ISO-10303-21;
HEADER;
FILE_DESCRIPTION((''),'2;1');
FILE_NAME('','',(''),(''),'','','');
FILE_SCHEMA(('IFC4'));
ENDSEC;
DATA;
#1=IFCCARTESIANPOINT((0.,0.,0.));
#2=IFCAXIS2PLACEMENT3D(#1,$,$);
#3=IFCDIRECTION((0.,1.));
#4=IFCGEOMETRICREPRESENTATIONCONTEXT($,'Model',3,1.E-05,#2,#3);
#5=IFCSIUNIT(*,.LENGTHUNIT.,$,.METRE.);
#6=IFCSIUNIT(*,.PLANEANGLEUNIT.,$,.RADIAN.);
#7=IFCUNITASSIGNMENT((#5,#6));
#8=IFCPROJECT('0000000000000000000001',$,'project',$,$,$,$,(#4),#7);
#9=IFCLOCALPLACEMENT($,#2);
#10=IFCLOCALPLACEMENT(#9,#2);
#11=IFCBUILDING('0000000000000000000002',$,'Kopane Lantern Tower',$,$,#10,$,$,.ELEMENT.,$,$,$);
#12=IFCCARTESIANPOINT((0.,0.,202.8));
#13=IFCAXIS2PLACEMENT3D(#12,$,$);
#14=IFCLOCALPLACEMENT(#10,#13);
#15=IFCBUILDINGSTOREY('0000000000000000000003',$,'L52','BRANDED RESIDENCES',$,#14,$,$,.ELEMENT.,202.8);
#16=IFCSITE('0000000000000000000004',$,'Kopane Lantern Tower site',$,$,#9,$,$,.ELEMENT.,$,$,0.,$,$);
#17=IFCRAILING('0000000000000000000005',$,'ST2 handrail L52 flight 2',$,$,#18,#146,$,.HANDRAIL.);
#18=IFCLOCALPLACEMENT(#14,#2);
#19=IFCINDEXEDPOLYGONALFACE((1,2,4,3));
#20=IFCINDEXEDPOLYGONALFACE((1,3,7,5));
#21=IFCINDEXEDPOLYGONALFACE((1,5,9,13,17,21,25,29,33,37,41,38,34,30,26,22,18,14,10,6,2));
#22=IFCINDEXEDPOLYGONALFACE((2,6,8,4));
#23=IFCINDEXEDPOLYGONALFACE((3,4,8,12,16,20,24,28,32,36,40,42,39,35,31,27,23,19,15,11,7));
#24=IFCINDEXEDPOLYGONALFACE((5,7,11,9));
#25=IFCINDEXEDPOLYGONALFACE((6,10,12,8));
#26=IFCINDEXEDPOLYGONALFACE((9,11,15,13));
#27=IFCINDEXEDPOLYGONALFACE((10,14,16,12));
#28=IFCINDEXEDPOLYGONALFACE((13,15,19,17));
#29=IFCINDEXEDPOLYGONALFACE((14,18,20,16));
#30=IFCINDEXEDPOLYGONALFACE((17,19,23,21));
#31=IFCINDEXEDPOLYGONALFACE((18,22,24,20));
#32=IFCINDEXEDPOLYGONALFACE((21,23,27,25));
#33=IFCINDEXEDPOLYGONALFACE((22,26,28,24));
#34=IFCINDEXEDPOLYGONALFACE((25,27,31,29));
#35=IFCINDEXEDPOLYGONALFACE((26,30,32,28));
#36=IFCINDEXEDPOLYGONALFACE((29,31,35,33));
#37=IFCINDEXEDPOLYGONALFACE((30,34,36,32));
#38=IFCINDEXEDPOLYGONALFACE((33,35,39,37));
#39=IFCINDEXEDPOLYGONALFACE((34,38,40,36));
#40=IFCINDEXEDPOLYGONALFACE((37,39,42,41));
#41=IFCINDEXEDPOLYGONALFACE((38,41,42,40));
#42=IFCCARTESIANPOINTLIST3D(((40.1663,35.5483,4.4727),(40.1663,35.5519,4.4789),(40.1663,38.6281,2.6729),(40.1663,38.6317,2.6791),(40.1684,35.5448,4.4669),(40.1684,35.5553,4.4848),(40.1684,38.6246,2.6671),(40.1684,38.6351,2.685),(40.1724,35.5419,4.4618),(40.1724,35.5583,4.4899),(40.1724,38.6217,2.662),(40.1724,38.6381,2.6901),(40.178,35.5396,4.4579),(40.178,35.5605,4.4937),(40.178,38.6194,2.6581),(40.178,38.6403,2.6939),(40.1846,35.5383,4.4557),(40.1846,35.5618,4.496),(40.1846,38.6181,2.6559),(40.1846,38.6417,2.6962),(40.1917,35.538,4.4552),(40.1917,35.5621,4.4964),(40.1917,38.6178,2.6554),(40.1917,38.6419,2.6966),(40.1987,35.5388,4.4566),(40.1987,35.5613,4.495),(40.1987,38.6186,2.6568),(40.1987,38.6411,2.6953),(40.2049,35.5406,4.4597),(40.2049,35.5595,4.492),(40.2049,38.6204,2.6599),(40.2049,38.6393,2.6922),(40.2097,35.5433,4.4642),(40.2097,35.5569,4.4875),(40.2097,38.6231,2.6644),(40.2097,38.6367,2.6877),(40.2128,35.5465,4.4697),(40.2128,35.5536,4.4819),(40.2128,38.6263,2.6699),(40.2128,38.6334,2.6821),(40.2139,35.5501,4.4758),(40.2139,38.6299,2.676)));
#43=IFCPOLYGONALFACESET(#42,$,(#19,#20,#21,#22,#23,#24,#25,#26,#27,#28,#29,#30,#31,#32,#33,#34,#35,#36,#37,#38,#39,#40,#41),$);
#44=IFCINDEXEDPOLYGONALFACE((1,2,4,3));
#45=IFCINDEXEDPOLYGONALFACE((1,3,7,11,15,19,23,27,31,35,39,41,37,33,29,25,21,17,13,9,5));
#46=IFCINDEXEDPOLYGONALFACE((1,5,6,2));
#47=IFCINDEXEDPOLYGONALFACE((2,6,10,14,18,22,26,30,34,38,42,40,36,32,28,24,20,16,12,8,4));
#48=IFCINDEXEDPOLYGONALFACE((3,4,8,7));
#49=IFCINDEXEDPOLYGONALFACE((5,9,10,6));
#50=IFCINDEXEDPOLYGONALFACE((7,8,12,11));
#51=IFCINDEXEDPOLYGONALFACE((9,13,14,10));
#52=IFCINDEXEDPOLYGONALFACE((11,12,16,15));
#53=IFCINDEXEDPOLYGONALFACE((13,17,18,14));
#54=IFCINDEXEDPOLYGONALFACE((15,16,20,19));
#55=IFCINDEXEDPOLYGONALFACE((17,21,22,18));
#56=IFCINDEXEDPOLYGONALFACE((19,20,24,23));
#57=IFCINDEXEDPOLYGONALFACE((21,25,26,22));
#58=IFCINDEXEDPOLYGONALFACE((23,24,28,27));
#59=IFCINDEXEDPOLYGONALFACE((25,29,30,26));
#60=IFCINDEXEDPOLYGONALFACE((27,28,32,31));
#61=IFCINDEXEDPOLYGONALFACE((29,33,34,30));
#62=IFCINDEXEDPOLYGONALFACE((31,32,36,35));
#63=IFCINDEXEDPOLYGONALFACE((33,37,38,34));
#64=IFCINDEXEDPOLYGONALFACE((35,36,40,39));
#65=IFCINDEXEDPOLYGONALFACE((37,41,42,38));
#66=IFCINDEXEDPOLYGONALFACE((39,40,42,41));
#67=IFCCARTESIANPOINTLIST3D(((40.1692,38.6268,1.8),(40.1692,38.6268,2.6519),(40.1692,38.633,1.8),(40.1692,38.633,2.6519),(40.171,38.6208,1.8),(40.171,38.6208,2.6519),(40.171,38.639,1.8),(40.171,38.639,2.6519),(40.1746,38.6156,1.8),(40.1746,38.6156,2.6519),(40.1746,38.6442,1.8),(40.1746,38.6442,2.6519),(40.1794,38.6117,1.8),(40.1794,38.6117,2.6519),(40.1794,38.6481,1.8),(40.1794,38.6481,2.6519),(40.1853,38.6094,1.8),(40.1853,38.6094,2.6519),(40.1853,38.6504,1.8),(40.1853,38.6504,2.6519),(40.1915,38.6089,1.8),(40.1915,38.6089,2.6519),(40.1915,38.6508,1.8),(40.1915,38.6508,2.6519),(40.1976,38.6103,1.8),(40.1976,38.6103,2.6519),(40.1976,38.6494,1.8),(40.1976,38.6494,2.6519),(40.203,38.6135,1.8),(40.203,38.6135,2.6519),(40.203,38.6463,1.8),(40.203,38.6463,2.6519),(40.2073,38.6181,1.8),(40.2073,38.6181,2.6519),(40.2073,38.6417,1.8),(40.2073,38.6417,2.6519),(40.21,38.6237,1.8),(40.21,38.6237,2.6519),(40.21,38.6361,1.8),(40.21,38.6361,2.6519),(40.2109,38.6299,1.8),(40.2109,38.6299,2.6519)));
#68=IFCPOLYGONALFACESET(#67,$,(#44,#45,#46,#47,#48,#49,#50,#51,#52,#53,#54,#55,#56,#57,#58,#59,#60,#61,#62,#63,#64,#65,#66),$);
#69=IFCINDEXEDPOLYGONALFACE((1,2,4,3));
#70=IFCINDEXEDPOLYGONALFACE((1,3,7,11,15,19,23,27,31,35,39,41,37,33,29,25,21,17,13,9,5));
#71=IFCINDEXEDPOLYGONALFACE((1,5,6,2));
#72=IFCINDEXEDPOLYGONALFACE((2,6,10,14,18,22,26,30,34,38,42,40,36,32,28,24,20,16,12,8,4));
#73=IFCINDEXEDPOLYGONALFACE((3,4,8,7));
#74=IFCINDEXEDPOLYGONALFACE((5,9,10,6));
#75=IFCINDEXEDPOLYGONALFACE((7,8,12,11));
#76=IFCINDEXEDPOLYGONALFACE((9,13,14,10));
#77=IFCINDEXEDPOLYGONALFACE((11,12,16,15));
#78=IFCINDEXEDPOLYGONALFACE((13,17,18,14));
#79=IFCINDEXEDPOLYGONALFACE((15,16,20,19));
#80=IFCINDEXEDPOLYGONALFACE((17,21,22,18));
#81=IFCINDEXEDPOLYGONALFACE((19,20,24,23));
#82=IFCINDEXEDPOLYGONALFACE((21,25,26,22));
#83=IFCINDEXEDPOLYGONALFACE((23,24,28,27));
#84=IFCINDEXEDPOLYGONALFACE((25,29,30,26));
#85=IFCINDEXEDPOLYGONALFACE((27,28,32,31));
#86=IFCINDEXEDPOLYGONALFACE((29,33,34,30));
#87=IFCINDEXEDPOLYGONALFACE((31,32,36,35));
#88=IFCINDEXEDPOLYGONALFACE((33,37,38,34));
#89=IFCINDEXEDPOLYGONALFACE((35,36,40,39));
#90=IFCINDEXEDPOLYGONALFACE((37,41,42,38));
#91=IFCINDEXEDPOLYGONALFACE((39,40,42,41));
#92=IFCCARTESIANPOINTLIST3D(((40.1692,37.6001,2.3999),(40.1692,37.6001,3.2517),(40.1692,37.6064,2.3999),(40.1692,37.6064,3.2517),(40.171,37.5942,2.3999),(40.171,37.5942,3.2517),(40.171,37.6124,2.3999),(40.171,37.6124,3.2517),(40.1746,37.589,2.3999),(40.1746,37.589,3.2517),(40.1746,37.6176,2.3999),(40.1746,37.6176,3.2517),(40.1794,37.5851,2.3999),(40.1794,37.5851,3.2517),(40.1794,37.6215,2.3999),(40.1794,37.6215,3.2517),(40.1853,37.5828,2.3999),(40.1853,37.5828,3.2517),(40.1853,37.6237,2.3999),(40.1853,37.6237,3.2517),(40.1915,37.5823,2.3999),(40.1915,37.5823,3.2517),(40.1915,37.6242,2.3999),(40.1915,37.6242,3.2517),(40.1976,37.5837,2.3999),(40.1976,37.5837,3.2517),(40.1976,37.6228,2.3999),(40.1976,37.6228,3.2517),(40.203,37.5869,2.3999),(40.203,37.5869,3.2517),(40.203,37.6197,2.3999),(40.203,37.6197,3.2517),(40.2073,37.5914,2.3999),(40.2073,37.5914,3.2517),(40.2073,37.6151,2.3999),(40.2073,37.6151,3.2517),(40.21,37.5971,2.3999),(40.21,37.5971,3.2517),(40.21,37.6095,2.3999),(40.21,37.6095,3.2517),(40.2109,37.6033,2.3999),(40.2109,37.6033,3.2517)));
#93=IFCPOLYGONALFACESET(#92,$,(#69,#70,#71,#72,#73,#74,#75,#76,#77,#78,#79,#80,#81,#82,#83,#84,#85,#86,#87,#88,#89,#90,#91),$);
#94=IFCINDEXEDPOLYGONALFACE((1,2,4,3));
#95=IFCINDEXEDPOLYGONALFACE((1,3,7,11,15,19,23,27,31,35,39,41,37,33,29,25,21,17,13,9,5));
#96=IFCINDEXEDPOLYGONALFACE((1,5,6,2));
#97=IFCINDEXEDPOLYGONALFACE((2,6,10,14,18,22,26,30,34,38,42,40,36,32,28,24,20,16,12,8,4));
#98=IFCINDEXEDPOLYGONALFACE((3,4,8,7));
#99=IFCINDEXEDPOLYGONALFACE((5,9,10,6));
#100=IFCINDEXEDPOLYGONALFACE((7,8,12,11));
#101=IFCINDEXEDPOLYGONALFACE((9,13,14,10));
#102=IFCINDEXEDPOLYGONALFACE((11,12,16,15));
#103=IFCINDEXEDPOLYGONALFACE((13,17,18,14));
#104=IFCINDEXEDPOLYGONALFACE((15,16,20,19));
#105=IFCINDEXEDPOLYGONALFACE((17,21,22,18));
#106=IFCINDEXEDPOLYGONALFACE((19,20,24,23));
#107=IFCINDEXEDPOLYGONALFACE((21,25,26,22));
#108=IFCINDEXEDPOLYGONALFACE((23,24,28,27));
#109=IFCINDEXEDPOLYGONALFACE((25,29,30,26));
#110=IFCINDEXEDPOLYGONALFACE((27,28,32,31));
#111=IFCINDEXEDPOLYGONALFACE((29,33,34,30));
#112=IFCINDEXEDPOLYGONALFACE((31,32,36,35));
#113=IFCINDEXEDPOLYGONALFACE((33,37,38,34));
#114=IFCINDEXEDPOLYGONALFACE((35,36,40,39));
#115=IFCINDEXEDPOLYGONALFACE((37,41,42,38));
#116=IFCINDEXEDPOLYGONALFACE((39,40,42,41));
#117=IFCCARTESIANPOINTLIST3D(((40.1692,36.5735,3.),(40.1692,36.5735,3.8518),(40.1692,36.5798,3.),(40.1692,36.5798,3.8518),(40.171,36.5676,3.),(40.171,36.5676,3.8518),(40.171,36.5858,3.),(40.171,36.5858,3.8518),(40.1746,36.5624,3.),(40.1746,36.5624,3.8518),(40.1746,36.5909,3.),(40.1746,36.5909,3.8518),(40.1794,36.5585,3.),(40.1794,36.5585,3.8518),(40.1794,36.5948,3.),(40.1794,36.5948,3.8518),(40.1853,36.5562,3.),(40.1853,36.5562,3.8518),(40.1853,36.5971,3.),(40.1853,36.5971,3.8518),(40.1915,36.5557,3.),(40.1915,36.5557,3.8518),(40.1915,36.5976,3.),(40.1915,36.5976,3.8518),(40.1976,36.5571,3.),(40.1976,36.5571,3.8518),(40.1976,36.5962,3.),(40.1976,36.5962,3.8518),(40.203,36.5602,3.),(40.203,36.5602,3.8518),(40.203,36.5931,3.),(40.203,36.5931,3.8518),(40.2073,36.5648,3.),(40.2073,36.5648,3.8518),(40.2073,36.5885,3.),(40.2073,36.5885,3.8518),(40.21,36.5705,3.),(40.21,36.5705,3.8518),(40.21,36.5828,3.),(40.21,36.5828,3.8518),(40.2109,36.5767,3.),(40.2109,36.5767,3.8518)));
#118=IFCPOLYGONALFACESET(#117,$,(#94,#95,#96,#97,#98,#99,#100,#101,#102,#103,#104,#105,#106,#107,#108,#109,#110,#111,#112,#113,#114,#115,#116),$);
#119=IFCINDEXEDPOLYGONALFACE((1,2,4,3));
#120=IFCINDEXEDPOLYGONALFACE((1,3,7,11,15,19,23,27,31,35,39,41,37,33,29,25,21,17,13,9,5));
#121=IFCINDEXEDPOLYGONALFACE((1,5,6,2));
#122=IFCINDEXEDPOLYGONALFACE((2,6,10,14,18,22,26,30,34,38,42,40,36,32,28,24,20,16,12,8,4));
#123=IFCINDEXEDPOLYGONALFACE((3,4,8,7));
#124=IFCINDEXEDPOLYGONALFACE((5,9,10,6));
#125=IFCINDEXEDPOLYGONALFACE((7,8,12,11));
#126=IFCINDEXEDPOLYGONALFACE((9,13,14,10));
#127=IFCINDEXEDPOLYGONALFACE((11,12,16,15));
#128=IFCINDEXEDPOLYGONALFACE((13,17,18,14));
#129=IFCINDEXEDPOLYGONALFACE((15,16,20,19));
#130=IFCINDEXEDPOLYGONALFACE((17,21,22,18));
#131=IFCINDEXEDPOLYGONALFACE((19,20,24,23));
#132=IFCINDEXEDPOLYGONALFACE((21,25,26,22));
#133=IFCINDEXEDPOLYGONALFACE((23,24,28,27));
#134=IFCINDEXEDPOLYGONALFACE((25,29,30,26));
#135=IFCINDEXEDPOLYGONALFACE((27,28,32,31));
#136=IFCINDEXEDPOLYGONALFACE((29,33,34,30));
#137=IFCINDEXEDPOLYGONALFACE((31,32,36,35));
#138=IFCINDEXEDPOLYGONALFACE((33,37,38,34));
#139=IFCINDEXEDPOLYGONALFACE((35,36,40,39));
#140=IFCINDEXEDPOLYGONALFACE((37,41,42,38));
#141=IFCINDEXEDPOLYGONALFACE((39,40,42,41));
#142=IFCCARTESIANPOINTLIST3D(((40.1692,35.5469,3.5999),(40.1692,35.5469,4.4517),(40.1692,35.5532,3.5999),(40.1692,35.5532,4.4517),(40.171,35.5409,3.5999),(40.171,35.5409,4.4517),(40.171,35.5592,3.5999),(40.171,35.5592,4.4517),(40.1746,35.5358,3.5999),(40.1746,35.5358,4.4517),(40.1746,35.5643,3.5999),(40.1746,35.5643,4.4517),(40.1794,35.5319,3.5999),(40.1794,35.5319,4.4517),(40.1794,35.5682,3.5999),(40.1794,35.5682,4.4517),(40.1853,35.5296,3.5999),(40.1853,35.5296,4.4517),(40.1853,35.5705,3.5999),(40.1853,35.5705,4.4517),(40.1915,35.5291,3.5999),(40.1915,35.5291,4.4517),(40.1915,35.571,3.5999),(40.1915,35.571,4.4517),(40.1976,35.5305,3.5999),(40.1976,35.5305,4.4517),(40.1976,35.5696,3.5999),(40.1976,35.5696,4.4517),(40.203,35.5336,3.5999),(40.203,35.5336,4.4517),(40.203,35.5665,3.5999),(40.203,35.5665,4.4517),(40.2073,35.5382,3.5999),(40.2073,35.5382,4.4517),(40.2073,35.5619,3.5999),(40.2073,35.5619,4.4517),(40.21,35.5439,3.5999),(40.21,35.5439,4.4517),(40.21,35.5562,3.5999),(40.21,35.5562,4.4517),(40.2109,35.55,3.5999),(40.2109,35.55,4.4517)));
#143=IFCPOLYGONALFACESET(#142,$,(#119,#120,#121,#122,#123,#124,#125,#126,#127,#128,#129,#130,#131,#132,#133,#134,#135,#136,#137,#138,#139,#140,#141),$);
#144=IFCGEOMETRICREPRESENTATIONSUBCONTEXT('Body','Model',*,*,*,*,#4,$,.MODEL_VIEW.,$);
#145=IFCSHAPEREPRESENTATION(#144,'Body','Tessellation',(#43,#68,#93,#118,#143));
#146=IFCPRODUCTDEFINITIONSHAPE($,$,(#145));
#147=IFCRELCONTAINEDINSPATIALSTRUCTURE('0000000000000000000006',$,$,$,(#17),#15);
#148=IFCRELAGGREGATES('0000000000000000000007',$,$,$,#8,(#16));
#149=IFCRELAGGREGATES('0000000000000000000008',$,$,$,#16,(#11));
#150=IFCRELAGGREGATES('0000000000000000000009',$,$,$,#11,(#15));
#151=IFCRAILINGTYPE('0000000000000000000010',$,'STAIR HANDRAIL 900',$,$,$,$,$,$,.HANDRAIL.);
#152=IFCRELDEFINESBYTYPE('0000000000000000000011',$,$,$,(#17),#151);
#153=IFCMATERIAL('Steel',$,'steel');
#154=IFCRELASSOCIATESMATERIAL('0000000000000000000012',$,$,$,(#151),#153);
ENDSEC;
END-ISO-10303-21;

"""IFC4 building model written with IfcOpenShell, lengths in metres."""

from ifc_helpers import new_model, si_unit, direction, frame, origin, origin_2d, place, context, subcontext, project, spatial, circle, extrude, material, type_object, element, save


model = new_model("IFC4")

# Units and contexts
model_context = context("Model", 3, precision=1e-05, world=origin(), true_north=direction((0.0, 1.0)))
body_context = subcontext(model_context, "Body", "Model", "MODEL_VIEW")
ifc_project = project(units=[si_unit("LENGTHUNIT", "METRE"), si_unit("PLANEANGLEUNIT", "RADIAN")], contexts=[model_context])

# Site, building, storey
site_placement = place(None, origin())
site = spatial("IfcSite", under=ifc_project, at=site_placement, Name="Kopane Lantern Tower site", CompositionType="ELEMENT", RefElevation=0.0)
building_placement = place(site_placement, origin())
building = spatial("IfcBuilding", under=site, at=building_placement, Name="Kopane Lantern Tower", CompositionType="ELEMENT")
storey_placement = place(building_placement, frame((0.0, 0.0, 202.8)))
storey = spatial("IfcBuildingStorey", under=building, at=storey_placement, Name="L52", Description="BRANDED RESIDENCES", CompositionType="ELEMENT", Elevation=202.8)

# Railing
ifc_material_1 = material(Name="Steel", Category="steel")
railing_type_1 = type_object("IfcRailingType", Name="STAIR HANDRAIL 900", PredefinedType="HANDRAIL", material=ifc_material_1)
for number, where, name in (
    (1, (40.1899, 38.6299, 1.8), "ST2 handrail L52 flight 2"),
):
    element("IfcRailing", number, at=place(storey_placement, frame(where)), inside=storey, type_object=railing_type_1, Name=name, PredefinedType="HANDRAIL", context=body_context, shape_type="SweptSolid", body=[
        extrude(circle(Radius=0.0239, at=origin_2d()), frame((0.0, 0.0, 0.876), z_axis=(0.0, -0.863384, 0.504547), x_axis=(1.0, 0.0, 0.0)), (0.0, 0.0, 1.0), 3.5671),
        extrude(circle(Radius=0.021, at=origin_2d()), origin(), (0.0, 0.0, 1.0), 0.8518),
        extrude(circle(Radius=0.021, at=origin_2d()), frame((0.0, -1.0266, 0.5999)), (0.0, 0.0, 1.0), 0.8518),
        extrude(circle(Radius=0.021, at=origin_2d()), frame((0.0, -2.0532, 1.2)), (0.0, 0.0, 1.0), 0.8518),
        extrude(circle(Radius=0.021, at=origin_2d()), frame((0.0, -3.0798, 1.7998)), (0.0, 0.0, 1.0), 0.8518),
    ])

save(model, "model.ifc")
